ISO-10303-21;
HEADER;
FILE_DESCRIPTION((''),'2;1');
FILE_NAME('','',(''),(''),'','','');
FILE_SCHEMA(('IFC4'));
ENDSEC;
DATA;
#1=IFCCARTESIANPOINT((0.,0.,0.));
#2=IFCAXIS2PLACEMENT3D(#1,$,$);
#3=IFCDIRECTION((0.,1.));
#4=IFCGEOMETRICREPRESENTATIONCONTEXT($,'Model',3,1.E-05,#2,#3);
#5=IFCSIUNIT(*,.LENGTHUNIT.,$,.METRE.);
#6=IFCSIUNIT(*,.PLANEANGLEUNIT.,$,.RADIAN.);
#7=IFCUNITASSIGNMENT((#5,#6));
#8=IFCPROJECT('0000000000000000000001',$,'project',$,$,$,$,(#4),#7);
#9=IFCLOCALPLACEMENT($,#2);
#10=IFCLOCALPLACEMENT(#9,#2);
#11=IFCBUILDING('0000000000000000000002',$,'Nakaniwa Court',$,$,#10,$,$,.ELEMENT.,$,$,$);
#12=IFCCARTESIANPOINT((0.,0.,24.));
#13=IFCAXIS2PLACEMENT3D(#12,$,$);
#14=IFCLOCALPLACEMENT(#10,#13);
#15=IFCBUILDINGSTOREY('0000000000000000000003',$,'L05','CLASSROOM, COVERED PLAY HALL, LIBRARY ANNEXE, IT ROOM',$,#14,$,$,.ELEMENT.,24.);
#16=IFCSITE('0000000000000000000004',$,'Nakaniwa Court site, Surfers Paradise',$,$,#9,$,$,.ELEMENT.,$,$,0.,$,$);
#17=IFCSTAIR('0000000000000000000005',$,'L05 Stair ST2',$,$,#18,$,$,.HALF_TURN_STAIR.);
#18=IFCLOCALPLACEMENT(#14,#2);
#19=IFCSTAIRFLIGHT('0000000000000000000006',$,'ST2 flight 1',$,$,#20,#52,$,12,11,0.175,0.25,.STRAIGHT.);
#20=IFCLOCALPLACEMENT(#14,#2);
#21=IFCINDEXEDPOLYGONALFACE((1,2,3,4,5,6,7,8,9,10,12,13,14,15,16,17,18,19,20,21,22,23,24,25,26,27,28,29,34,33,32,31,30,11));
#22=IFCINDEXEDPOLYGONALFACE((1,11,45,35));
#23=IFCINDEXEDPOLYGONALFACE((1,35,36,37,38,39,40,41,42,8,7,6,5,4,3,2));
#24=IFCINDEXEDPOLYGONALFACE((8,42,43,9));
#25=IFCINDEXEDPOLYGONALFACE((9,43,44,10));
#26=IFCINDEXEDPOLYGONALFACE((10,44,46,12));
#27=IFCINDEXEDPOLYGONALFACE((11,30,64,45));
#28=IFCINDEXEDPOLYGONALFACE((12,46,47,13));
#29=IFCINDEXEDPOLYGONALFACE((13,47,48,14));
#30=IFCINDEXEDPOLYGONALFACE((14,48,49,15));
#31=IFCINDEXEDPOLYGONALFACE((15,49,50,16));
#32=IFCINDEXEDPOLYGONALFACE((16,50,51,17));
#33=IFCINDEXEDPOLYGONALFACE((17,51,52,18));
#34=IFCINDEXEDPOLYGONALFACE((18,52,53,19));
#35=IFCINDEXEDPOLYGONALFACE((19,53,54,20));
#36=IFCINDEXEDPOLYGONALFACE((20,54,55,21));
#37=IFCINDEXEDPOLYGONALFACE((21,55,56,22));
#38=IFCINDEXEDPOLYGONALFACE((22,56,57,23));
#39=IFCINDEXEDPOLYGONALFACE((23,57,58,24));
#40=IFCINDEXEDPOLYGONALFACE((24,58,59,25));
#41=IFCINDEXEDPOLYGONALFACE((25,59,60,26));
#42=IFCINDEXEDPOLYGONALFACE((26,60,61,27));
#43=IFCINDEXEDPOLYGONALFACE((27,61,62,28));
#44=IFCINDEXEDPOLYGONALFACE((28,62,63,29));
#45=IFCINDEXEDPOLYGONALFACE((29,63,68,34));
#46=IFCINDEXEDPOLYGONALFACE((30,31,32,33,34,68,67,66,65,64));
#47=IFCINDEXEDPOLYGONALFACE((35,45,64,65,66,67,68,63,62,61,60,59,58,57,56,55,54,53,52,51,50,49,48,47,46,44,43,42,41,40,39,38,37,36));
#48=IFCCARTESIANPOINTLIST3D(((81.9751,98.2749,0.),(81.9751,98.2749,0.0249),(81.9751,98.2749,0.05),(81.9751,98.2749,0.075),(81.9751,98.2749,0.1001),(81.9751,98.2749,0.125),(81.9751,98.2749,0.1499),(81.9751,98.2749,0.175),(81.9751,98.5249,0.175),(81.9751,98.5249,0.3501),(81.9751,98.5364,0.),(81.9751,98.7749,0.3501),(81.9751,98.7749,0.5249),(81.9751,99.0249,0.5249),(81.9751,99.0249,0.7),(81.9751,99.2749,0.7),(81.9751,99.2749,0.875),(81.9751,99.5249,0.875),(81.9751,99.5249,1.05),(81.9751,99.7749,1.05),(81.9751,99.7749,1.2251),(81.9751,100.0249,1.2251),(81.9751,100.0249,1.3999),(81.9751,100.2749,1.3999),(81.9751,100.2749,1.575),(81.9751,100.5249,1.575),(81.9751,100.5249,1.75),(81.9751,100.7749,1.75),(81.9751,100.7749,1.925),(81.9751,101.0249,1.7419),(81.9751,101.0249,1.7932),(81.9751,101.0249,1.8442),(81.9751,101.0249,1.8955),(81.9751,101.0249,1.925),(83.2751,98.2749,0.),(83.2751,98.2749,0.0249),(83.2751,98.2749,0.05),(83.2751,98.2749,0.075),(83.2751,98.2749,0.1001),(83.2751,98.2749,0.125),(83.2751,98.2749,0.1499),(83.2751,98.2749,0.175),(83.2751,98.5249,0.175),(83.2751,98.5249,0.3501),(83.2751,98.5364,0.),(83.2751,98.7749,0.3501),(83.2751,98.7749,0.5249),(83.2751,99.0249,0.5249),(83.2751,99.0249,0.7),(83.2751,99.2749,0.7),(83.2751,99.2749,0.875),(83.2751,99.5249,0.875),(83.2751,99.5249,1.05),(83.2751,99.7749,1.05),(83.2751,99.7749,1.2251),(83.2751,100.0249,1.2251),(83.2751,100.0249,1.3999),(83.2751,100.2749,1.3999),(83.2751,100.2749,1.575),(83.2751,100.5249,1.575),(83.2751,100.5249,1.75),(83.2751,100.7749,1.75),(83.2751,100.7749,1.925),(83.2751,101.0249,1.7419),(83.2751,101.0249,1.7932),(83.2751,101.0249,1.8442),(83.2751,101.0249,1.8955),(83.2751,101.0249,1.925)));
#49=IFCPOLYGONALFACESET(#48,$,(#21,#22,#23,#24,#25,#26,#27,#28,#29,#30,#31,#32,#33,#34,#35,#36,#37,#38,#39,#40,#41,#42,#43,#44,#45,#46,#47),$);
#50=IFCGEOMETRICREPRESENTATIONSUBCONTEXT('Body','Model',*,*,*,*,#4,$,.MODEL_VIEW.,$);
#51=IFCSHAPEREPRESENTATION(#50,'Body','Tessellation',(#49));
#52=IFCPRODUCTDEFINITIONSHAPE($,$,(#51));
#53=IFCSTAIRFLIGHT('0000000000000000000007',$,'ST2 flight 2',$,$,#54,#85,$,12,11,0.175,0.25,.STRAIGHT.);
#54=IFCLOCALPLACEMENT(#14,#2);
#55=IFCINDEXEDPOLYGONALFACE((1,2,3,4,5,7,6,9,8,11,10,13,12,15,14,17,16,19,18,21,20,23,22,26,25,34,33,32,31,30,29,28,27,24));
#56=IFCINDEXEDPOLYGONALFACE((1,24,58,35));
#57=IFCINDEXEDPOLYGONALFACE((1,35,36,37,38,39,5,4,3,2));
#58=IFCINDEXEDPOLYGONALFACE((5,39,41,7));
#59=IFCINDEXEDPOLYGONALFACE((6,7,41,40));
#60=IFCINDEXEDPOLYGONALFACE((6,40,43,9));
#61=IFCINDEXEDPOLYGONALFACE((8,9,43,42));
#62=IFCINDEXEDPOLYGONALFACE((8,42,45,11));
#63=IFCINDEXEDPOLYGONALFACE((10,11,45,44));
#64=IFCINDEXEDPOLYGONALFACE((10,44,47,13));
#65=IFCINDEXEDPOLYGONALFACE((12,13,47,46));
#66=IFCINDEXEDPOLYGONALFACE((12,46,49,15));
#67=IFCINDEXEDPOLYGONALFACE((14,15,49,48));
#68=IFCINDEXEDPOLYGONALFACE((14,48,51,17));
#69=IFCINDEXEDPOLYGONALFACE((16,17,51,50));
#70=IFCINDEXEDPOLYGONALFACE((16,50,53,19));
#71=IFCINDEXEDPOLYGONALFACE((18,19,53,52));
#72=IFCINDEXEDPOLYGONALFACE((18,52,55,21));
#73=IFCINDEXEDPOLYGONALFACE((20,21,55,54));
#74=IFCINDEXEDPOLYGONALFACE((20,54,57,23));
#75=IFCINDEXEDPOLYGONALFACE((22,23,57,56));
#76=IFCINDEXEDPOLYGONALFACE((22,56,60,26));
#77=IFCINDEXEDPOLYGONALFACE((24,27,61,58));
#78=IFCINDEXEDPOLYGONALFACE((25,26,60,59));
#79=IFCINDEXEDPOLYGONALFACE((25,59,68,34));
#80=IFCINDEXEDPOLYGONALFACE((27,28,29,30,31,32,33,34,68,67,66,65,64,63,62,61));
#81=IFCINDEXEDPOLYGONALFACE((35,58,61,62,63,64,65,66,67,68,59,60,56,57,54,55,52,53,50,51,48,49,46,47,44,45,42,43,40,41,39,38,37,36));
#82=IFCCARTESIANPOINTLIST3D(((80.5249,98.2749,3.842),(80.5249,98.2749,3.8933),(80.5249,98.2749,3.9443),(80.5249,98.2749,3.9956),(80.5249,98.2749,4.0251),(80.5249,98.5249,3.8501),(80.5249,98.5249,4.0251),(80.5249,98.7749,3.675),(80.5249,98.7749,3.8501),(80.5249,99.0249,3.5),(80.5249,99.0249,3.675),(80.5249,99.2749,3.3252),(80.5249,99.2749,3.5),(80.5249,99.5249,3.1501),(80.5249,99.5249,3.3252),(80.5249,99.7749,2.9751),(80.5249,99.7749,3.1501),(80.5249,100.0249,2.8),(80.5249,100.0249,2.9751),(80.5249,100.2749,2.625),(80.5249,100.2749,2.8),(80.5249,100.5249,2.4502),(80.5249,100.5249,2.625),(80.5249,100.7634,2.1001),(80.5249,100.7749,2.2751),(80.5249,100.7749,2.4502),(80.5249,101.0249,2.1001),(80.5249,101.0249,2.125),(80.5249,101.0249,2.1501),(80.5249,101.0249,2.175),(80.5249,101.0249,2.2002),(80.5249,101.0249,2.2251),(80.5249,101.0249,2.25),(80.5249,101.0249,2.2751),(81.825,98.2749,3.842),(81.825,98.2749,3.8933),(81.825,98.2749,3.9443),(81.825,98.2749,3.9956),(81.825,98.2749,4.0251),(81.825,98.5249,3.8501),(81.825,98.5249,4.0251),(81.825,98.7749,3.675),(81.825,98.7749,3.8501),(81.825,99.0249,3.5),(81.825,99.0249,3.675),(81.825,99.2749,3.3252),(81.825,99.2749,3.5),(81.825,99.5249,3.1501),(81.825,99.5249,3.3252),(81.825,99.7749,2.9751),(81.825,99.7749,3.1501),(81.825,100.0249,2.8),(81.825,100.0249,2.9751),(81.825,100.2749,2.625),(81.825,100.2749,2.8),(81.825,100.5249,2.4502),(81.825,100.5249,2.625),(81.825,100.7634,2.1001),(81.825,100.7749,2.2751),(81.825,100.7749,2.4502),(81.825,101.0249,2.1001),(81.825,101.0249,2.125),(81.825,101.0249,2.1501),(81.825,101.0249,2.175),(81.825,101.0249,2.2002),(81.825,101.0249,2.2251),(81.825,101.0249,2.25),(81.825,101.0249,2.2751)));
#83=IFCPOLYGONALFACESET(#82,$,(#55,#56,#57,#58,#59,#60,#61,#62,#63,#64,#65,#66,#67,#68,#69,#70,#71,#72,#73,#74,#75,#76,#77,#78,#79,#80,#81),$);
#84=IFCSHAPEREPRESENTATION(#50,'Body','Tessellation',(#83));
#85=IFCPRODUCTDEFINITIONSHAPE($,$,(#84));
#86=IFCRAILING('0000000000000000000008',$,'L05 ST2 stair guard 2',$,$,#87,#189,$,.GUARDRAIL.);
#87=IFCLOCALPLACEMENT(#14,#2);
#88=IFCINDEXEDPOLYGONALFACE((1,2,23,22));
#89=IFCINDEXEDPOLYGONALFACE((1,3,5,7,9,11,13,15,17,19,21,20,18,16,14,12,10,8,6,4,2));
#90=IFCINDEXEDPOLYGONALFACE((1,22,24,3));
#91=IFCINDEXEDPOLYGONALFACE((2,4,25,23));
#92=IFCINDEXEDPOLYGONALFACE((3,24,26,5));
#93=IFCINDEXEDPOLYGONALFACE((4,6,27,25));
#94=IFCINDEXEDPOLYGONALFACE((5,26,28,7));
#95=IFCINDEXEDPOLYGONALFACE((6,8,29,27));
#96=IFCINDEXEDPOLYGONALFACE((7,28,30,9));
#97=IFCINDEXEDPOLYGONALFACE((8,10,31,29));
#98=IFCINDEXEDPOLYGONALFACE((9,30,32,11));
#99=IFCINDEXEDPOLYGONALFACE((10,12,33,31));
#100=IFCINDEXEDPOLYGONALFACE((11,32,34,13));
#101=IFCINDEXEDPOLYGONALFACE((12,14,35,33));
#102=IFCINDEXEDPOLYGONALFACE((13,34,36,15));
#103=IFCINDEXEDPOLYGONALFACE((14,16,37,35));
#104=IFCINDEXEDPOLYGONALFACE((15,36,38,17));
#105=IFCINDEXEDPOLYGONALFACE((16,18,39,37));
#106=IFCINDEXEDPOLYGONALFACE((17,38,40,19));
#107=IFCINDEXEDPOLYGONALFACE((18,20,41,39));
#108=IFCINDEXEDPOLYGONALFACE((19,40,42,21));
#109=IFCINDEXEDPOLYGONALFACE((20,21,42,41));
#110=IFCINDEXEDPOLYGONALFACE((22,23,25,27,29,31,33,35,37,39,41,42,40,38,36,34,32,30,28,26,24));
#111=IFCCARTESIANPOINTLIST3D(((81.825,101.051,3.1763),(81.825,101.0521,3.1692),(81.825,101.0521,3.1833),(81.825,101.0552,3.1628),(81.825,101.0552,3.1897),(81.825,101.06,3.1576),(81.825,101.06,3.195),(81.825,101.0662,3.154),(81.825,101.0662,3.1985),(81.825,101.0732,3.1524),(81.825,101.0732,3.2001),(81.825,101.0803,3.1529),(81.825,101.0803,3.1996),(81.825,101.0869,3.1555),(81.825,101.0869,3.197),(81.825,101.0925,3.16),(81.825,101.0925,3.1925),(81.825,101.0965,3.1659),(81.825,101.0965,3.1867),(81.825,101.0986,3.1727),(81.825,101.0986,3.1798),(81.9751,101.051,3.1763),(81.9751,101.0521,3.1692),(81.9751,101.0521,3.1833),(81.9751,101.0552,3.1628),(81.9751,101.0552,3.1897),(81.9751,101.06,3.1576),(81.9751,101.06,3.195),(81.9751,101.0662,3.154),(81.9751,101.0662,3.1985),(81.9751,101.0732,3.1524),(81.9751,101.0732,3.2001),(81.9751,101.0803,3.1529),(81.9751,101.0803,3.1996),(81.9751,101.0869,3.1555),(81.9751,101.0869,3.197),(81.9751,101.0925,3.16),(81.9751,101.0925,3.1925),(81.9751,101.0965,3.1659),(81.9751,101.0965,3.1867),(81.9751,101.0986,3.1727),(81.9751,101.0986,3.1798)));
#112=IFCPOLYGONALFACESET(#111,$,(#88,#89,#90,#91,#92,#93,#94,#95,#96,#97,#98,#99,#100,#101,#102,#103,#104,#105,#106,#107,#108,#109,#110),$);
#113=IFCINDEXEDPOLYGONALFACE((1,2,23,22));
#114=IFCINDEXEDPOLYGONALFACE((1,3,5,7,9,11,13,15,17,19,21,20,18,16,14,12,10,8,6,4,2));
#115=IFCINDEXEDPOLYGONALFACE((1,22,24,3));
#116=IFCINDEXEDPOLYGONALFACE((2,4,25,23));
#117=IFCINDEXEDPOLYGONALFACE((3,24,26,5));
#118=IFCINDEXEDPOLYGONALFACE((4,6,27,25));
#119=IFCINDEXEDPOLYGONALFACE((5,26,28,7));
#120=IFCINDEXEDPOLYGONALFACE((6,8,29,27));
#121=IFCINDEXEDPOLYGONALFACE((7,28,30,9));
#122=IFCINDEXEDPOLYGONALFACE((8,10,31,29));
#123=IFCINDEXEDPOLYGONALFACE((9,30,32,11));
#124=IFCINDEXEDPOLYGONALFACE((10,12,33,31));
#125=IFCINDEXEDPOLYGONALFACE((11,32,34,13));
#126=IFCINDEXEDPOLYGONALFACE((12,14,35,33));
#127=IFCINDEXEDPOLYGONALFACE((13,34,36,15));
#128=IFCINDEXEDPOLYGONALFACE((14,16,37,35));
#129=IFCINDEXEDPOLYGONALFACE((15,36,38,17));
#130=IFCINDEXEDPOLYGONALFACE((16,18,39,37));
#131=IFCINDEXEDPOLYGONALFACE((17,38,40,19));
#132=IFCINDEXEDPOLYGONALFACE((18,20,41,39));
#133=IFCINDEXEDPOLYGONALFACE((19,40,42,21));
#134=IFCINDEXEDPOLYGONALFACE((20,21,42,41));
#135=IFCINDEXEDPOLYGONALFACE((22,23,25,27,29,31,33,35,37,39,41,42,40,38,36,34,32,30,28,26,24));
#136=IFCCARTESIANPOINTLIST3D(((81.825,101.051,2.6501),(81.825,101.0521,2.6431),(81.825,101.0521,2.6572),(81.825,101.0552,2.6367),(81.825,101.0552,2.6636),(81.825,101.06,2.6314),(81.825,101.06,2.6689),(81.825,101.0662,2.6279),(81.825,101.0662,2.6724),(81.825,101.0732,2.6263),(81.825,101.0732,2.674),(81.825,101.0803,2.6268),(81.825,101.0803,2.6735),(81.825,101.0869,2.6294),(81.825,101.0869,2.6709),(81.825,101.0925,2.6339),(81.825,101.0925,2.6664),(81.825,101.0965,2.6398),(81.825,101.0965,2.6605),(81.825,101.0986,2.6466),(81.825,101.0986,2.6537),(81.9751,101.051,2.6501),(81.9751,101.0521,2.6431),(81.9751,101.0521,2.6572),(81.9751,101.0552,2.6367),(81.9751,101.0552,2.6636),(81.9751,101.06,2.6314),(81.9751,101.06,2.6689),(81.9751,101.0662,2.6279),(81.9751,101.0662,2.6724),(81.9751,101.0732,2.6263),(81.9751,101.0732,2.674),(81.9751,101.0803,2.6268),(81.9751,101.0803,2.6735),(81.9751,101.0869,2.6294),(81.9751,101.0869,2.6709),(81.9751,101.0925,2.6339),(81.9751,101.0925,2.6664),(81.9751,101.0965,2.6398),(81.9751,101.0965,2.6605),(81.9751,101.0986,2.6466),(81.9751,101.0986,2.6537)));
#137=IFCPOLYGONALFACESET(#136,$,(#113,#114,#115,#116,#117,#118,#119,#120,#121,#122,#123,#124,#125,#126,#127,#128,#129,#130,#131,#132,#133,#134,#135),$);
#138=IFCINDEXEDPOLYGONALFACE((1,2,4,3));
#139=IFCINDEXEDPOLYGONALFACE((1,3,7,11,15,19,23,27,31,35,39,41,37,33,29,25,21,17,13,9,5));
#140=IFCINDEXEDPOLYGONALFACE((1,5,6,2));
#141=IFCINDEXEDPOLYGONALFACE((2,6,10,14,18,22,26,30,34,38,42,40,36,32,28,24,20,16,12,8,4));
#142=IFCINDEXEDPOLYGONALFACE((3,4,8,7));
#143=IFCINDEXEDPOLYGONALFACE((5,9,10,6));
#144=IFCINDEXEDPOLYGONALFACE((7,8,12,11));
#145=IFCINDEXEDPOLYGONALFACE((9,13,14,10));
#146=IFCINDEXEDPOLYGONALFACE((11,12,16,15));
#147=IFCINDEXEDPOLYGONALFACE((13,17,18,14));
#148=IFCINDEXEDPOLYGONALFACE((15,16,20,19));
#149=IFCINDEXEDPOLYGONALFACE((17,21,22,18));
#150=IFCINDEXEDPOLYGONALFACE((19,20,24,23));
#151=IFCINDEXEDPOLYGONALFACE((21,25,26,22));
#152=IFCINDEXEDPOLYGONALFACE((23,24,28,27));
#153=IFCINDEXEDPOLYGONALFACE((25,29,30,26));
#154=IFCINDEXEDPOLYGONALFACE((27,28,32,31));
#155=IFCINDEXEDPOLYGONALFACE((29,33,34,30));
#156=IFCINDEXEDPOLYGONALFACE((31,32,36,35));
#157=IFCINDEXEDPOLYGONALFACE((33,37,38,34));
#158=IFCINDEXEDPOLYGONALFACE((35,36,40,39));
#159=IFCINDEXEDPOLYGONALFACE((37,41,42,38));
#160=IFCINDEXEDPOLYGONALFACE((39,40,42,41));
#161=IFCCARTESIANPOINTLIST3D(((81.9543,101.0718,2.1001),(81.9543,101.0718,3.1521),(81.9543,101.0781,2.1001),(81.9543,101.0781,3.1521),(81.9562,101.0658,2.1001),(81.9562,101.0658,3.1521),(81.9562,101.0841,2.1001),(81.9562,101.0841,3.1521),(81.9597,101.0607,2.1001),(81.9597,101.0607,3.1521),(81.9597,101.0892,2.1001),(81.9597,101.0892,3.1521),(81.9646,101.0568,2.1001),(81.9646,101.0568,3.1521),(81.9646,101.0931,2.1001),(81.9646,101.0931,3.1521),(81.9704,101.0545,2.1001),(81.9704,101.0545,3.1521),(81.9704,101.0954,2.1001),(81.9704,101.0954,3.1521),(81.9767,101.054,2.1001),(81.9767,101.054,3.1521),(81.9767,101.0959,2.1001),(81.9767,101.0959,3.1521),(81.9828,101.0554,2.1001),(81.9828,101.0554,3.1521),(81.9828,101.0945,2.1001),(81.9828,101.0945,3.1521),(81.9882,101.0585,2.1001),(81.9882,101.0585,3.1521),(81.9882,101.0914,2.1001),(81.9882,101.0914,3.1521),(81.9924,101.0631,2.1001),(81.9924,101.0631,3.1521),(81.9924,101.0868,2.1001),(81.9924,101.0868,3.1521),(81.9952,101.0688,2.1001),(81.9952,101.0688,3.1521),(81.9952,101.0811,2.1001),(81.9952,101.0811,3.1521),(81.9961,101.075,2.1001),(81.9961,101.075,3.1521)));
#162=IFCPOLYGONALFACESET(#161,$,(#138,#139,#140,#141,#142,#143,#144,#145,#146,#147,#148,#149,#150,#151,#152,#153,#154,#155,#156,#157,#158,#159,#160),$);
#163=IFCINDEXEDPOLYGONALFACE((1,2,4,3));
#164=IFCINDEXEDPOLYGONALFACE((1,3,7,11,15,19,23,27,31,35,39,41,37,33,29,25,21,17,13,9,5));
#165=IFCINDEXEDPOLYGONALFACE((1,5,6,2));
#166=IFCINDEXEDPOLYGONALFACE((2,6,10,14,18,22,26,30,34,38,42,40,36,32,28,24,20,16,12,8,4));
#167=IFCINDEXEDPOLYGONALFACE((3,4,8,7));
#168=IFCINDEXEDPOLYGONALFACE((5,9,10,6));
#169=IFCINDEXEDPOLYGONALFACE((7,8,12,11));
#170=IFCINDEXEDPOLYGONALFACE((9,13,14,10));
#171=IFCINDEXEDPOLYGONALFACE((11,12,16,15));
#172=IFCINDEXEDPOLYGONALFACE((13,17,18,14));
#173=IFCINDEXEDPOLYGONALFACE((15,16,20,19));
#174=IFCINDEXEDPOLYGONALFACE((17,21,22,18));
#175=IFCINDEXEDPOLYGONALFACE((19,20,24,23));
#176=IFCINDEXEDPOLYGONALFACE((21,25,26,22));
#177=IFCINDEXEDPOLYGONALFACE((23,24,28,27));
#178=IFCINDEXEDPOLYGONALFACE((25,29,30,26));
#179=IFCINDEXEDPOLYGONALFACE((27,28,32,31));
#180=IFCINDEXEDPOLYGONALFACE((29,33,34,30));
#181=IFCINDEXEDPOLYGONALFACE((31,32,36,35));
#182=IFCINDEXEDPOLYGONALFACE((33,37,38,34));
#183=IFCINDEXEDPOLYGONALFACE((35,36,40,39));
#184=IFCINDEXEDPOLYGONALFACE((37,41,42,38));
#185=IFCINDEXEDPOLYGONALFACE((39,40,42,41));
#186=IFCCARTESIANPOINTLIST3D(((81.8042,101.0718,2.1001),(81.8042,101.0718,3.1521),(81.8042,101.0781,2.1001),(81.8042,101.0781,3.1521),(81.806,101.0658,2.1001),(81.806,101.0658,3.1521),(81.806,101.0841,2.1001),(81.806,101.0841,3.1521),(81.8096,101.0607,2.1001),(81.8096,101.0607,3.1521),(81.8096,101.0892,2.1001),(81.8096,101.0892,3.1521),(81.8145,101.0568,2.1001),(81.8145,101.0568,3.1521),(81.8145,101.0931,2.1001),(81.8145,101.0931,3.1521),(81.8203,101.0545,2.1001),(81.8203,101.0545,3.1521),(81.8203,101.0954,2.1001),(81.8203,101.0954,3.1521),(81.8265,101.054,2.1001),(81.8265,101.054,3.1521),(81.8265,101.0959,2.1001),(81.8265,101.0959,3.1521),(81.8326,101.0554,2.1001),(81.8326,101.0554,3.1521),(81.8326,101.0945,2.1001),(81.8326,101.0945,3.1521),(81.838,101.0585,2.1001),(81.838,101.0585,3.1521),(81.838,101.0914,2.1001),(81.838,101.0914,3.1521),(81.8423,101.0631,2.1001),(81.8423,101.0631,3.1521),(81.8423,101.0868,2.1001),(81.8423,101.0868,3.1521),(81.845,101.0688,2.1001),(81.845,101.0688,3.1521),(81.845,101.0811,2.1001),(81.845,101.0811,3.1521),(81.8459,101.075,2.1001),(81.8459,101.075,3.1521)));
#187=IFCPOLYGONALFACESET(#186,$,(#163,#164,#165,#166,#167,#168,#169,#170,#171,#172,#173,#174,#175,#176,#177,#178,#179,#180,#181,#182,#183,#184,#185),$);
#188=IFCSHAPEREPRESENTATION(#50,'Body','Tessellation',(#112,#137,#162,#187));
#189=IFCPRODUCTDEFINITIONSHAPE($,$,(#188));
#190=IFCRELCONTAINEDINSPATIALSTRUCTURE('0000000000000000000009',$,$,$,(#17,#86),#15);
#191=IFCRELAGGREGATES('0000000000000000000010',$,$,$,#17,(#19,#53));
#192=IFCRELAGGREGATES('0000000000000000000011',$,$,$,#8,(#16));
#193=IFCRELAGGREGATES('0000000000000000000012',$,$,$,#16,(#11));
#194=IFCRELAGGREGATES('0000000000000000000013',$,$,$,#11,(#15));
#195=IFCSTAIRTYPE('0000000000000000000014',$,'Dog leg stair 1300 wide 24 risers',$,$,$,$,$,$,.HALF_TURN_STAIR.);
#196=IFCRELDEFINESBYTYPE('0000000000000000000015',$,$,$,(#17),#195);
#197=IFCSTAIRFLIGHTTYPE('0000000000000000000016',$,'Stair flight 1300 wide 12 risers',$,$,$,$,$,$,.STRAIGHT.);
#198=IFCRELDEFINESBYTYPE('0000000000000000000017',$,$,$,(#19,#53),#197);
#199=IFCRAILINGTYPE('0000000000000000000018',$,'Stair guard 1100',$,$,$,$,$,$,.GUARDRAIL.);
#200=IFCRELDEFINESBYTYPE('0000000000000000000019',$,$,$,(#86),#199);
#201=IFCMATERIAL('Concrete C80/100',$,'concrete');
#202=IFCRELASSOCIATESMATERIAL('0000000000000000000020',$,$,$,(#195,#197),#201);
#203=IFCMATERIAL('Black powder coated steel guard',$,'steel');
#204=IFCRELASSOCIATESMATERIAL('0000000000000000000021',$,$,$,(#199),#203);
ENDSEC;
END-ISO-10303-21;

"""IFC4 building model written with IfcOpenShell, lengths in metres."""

from ifc_helpers import new_model, si_unit, direction, frame, origin, origin_2d, place, context, subcontext, project, spatial, polyline, circle, outline, extrude, material, type_object, element, aggregate, save


model = new_model("IFC4")

# Units and contexts
model_context = context("Model", 3, precision=1e-05, world=origin(), true_north=direction((0.0, 1.0)))
body_context = subcontext(model_context, "Body", "Model", "MODEL_VIEW")
ifc_project = project(units=[si_unit("LENGTHUNIT", "METRE"), si_unit("PLANEANGLEUNIT", "RADIAN")], contexts=[model_context])

# Site, building, storey
site_placement = place(None, origin())
site = spatial("IfcSite", under=ifc_project, at=site_placement, Name="Nakaniwa Court site, Surfers Paradise", CompositionType="ELEMENT", RefElevation=0.0)
building_placement = place(site_placement, origin())
building = spatial("IfcBuilding", under=site, at=building_placement, Name="Nakaniwa Court", CompositionType="ELEMENT")
storey_placement = place(building_placement, frame((0.0, 0.0, 24.0)))
storey = spatial("IfcBuildingStorey", under=building, at=storey_placement, Name="L05", Description="CLASSROOM, COVERED PLAY HALL, LIBRARY ANNEXE, IT ROOM", CompositionType="ELEMENT", Elevation=24.0)

# Shared definitions
ifc_material_1 = material(Name="Concrete C80/100", Category="concrete")

# Stair, stair flights
stair_type = type_object("IfcStairType", Name="Dog leg stair 1300 wide 24 risers", PredefinedType="HALF_TURN_STAIR", material=ifc_material_1)
stair_placement = place(storey_placement, origin())
stair = element("IfcStair", 1, at=stair_placement, inside=storey, type_object=stair_type, Name="L05 Stair ST2", PredefinedType="HALF_TURN_STAIR")
stair_flight_type = type_object("IfcStairFlightType", Name="Stair flight 1300 wide 12 risers", PredefinedType="STRAIGHT", material=ifc_material_1)
stair_flight_1_placement = place(storey_placement, frame((82.625, 98.2749, 0.0), z_axis=(0.0, 0.0, 1.0), x_axis=(0.0, 1.0, 0.0)))
stair_flight_1 = element("IfcStairFlight", 2, at=stair_flight_1_placement, type_object=stair_flight_type, Name="ST2 flight 1", NumberOfRisers=12, NumberOfTreads=11, PredefinedType="STRAIGHT", RiserHeight=0.175, TreadLength=0.25, context=body_context, shape_type="SweptSolid", body=[
    extrude(outline(polyline([(0.0, 0.0), (0.0, 0.0249), (0.0, 0.05), (0.0, 0.075), (0.0, 0.1001), (0.0, 0.125), (0.0, 0.1499), (0.0, 0.175), (0.25, 0.175), (0.25, 0.3501), (0.5, 0.3501), (0.5, 0.5249), (0.75, 0.5249), (0.75, 0.7), (1.0, 0.7), (1.0, 0.875), (1.25, 0.875), (1.25, 1.05), (1.5, 1.05), (1.5, 1.2251), (1.75, 1.2251), (1.75, 1.3999), (2.0, 1.3999), (2.0, 1.575), (2.25, 1.575), (2.25, 1.75), (2.5, 1.75), (2.5, 1.925), (2.75, 1.925), (2.75, 2.1001), (2.75, 2.0488), (2.75, 1.9978), (2.75, 1.9465), (2.75, 1.8955), (2.75, 1.8442), (2.75, 1.7932), (2.75, 1.7419), (0.2615, 0.0), (0.0, 0.0)])), frame((0.0, 0.6499, 0.0), z_axis=(0.0, -1.0, 0.0), x_axis=(1.0, 0.0, 0.0)), (0.0, 0.0, 1.0), 1.3),
])
stair_flight_2_placement = place(storey_placement, frame((81.175, 101.0249, 2.1001), z_axis=(0.0, 0.0, 1.0), x_axis=(0.0, -1.0, 0.0)))
stair_flight_2 = element("IfcStairFlight", 3, at=stair_flight_2_placement, type_object=stair_flight_type, Name="ST2 flight 2", NumberOfRisers=12, NumberOfTreads=11, PredefinedType="STRAIGHT", RiserHeight=0.175, TreadLength=0.25, context=body_context, shape_type="SweptSolid", body=[
    extrude(outline(polyline([(0.0, 0.0), (0.0, 0.0249), (0.0, 0.05), (0.0, 0.075), (0.0, 0.1001), (0.0, 0.125), (0.0, 0.1499), (0.0, 0.175), (0.25, 0.175), (0.25, 0.3501), (0.5, 0.3501), (0.5, 0.5249), (0.75, 0.5249), (0.75, 0.7), (1.0, 0.7), (1.0, 0.875), (1.25, 0.875), (1.25, 1.05), (1.5, 1.05), (1.5, 1.2251), (1.75, 1.2251), (1.75, 1.3999), (2.0, 1.3999), (2.0, 1.575), (2.25, 1.575), (2.25, 1.75), (2.5, 1.75), (2.5, 1.925), (2.75, 1.925), (2.75, 2.1001), (2.75, 2.0488), (2.75, 1.9978), (2.75, 1.9465), (2.75, 1.8955), (2.75, 1.8442), (2.75, 1.7932), (2.75, 1.7419), (0.2615, 0.0), (0.0, 0.0)])), frame((0.0, 0.6499, 0.0), z_axis=(0.0, -1.0, 0.0), x_axis=(1.0, 0.0, 0.0)), (0.0, 0.0, 1.0), 1.3),
])
aggregate(stair, [stair_flight_1, stair_flight_2])

# Railing
ifc_material_2 = material(Name="Black powder coated steel guard", Category="steel")
railing_type_1 = type_object("IfcRailingType", Name="Stair guard 1100", PredefinedType="GUARDRAIL", material=ifc_material_2)
railing_1_placement = place(storey_placement, frame((81.9751, 101.075, 2.1001)))
element("IfcRailing", 4, at=railing_1_placement, inside=storey, type_object=railing_type_1, Name="L05 ST2 stair guard 2", PredefinedType="GUARDRAIL", context=body_context, shape_type="SweptSolid", body=[
    extrude(circle(Radius=0.0239, at=origin_2d()), frame((0.0, 0.0, 1.0762), z_axis=(-1.0, 0.0, 0.0), x_axis=(0.0, -1.0, 0.0)), (0.0, 0.0, 1.0), 0.1501),
    extrude(circle(Radius=0.0239, at=origin_2d()), frame((0.0, 0.0, 0.55), z_axis=(-1.0, 0.0, 0.0), x_axis=(0.0, -1.0, 0.0)), (0.0, 0.0, 1.0), 0.1501),
    extrude(circle(Radius=0.021, at=origin_2d()), origin(), (0.0, 0.0, 1.0), 1.052),
    extrude(circle(Radius=0.021, at=origin_2d()), frame((-0.1501, 0.0, 0.0)), (0.0, 0.0, 1.0), 1.052),
])

save(model, "model.ifc")
